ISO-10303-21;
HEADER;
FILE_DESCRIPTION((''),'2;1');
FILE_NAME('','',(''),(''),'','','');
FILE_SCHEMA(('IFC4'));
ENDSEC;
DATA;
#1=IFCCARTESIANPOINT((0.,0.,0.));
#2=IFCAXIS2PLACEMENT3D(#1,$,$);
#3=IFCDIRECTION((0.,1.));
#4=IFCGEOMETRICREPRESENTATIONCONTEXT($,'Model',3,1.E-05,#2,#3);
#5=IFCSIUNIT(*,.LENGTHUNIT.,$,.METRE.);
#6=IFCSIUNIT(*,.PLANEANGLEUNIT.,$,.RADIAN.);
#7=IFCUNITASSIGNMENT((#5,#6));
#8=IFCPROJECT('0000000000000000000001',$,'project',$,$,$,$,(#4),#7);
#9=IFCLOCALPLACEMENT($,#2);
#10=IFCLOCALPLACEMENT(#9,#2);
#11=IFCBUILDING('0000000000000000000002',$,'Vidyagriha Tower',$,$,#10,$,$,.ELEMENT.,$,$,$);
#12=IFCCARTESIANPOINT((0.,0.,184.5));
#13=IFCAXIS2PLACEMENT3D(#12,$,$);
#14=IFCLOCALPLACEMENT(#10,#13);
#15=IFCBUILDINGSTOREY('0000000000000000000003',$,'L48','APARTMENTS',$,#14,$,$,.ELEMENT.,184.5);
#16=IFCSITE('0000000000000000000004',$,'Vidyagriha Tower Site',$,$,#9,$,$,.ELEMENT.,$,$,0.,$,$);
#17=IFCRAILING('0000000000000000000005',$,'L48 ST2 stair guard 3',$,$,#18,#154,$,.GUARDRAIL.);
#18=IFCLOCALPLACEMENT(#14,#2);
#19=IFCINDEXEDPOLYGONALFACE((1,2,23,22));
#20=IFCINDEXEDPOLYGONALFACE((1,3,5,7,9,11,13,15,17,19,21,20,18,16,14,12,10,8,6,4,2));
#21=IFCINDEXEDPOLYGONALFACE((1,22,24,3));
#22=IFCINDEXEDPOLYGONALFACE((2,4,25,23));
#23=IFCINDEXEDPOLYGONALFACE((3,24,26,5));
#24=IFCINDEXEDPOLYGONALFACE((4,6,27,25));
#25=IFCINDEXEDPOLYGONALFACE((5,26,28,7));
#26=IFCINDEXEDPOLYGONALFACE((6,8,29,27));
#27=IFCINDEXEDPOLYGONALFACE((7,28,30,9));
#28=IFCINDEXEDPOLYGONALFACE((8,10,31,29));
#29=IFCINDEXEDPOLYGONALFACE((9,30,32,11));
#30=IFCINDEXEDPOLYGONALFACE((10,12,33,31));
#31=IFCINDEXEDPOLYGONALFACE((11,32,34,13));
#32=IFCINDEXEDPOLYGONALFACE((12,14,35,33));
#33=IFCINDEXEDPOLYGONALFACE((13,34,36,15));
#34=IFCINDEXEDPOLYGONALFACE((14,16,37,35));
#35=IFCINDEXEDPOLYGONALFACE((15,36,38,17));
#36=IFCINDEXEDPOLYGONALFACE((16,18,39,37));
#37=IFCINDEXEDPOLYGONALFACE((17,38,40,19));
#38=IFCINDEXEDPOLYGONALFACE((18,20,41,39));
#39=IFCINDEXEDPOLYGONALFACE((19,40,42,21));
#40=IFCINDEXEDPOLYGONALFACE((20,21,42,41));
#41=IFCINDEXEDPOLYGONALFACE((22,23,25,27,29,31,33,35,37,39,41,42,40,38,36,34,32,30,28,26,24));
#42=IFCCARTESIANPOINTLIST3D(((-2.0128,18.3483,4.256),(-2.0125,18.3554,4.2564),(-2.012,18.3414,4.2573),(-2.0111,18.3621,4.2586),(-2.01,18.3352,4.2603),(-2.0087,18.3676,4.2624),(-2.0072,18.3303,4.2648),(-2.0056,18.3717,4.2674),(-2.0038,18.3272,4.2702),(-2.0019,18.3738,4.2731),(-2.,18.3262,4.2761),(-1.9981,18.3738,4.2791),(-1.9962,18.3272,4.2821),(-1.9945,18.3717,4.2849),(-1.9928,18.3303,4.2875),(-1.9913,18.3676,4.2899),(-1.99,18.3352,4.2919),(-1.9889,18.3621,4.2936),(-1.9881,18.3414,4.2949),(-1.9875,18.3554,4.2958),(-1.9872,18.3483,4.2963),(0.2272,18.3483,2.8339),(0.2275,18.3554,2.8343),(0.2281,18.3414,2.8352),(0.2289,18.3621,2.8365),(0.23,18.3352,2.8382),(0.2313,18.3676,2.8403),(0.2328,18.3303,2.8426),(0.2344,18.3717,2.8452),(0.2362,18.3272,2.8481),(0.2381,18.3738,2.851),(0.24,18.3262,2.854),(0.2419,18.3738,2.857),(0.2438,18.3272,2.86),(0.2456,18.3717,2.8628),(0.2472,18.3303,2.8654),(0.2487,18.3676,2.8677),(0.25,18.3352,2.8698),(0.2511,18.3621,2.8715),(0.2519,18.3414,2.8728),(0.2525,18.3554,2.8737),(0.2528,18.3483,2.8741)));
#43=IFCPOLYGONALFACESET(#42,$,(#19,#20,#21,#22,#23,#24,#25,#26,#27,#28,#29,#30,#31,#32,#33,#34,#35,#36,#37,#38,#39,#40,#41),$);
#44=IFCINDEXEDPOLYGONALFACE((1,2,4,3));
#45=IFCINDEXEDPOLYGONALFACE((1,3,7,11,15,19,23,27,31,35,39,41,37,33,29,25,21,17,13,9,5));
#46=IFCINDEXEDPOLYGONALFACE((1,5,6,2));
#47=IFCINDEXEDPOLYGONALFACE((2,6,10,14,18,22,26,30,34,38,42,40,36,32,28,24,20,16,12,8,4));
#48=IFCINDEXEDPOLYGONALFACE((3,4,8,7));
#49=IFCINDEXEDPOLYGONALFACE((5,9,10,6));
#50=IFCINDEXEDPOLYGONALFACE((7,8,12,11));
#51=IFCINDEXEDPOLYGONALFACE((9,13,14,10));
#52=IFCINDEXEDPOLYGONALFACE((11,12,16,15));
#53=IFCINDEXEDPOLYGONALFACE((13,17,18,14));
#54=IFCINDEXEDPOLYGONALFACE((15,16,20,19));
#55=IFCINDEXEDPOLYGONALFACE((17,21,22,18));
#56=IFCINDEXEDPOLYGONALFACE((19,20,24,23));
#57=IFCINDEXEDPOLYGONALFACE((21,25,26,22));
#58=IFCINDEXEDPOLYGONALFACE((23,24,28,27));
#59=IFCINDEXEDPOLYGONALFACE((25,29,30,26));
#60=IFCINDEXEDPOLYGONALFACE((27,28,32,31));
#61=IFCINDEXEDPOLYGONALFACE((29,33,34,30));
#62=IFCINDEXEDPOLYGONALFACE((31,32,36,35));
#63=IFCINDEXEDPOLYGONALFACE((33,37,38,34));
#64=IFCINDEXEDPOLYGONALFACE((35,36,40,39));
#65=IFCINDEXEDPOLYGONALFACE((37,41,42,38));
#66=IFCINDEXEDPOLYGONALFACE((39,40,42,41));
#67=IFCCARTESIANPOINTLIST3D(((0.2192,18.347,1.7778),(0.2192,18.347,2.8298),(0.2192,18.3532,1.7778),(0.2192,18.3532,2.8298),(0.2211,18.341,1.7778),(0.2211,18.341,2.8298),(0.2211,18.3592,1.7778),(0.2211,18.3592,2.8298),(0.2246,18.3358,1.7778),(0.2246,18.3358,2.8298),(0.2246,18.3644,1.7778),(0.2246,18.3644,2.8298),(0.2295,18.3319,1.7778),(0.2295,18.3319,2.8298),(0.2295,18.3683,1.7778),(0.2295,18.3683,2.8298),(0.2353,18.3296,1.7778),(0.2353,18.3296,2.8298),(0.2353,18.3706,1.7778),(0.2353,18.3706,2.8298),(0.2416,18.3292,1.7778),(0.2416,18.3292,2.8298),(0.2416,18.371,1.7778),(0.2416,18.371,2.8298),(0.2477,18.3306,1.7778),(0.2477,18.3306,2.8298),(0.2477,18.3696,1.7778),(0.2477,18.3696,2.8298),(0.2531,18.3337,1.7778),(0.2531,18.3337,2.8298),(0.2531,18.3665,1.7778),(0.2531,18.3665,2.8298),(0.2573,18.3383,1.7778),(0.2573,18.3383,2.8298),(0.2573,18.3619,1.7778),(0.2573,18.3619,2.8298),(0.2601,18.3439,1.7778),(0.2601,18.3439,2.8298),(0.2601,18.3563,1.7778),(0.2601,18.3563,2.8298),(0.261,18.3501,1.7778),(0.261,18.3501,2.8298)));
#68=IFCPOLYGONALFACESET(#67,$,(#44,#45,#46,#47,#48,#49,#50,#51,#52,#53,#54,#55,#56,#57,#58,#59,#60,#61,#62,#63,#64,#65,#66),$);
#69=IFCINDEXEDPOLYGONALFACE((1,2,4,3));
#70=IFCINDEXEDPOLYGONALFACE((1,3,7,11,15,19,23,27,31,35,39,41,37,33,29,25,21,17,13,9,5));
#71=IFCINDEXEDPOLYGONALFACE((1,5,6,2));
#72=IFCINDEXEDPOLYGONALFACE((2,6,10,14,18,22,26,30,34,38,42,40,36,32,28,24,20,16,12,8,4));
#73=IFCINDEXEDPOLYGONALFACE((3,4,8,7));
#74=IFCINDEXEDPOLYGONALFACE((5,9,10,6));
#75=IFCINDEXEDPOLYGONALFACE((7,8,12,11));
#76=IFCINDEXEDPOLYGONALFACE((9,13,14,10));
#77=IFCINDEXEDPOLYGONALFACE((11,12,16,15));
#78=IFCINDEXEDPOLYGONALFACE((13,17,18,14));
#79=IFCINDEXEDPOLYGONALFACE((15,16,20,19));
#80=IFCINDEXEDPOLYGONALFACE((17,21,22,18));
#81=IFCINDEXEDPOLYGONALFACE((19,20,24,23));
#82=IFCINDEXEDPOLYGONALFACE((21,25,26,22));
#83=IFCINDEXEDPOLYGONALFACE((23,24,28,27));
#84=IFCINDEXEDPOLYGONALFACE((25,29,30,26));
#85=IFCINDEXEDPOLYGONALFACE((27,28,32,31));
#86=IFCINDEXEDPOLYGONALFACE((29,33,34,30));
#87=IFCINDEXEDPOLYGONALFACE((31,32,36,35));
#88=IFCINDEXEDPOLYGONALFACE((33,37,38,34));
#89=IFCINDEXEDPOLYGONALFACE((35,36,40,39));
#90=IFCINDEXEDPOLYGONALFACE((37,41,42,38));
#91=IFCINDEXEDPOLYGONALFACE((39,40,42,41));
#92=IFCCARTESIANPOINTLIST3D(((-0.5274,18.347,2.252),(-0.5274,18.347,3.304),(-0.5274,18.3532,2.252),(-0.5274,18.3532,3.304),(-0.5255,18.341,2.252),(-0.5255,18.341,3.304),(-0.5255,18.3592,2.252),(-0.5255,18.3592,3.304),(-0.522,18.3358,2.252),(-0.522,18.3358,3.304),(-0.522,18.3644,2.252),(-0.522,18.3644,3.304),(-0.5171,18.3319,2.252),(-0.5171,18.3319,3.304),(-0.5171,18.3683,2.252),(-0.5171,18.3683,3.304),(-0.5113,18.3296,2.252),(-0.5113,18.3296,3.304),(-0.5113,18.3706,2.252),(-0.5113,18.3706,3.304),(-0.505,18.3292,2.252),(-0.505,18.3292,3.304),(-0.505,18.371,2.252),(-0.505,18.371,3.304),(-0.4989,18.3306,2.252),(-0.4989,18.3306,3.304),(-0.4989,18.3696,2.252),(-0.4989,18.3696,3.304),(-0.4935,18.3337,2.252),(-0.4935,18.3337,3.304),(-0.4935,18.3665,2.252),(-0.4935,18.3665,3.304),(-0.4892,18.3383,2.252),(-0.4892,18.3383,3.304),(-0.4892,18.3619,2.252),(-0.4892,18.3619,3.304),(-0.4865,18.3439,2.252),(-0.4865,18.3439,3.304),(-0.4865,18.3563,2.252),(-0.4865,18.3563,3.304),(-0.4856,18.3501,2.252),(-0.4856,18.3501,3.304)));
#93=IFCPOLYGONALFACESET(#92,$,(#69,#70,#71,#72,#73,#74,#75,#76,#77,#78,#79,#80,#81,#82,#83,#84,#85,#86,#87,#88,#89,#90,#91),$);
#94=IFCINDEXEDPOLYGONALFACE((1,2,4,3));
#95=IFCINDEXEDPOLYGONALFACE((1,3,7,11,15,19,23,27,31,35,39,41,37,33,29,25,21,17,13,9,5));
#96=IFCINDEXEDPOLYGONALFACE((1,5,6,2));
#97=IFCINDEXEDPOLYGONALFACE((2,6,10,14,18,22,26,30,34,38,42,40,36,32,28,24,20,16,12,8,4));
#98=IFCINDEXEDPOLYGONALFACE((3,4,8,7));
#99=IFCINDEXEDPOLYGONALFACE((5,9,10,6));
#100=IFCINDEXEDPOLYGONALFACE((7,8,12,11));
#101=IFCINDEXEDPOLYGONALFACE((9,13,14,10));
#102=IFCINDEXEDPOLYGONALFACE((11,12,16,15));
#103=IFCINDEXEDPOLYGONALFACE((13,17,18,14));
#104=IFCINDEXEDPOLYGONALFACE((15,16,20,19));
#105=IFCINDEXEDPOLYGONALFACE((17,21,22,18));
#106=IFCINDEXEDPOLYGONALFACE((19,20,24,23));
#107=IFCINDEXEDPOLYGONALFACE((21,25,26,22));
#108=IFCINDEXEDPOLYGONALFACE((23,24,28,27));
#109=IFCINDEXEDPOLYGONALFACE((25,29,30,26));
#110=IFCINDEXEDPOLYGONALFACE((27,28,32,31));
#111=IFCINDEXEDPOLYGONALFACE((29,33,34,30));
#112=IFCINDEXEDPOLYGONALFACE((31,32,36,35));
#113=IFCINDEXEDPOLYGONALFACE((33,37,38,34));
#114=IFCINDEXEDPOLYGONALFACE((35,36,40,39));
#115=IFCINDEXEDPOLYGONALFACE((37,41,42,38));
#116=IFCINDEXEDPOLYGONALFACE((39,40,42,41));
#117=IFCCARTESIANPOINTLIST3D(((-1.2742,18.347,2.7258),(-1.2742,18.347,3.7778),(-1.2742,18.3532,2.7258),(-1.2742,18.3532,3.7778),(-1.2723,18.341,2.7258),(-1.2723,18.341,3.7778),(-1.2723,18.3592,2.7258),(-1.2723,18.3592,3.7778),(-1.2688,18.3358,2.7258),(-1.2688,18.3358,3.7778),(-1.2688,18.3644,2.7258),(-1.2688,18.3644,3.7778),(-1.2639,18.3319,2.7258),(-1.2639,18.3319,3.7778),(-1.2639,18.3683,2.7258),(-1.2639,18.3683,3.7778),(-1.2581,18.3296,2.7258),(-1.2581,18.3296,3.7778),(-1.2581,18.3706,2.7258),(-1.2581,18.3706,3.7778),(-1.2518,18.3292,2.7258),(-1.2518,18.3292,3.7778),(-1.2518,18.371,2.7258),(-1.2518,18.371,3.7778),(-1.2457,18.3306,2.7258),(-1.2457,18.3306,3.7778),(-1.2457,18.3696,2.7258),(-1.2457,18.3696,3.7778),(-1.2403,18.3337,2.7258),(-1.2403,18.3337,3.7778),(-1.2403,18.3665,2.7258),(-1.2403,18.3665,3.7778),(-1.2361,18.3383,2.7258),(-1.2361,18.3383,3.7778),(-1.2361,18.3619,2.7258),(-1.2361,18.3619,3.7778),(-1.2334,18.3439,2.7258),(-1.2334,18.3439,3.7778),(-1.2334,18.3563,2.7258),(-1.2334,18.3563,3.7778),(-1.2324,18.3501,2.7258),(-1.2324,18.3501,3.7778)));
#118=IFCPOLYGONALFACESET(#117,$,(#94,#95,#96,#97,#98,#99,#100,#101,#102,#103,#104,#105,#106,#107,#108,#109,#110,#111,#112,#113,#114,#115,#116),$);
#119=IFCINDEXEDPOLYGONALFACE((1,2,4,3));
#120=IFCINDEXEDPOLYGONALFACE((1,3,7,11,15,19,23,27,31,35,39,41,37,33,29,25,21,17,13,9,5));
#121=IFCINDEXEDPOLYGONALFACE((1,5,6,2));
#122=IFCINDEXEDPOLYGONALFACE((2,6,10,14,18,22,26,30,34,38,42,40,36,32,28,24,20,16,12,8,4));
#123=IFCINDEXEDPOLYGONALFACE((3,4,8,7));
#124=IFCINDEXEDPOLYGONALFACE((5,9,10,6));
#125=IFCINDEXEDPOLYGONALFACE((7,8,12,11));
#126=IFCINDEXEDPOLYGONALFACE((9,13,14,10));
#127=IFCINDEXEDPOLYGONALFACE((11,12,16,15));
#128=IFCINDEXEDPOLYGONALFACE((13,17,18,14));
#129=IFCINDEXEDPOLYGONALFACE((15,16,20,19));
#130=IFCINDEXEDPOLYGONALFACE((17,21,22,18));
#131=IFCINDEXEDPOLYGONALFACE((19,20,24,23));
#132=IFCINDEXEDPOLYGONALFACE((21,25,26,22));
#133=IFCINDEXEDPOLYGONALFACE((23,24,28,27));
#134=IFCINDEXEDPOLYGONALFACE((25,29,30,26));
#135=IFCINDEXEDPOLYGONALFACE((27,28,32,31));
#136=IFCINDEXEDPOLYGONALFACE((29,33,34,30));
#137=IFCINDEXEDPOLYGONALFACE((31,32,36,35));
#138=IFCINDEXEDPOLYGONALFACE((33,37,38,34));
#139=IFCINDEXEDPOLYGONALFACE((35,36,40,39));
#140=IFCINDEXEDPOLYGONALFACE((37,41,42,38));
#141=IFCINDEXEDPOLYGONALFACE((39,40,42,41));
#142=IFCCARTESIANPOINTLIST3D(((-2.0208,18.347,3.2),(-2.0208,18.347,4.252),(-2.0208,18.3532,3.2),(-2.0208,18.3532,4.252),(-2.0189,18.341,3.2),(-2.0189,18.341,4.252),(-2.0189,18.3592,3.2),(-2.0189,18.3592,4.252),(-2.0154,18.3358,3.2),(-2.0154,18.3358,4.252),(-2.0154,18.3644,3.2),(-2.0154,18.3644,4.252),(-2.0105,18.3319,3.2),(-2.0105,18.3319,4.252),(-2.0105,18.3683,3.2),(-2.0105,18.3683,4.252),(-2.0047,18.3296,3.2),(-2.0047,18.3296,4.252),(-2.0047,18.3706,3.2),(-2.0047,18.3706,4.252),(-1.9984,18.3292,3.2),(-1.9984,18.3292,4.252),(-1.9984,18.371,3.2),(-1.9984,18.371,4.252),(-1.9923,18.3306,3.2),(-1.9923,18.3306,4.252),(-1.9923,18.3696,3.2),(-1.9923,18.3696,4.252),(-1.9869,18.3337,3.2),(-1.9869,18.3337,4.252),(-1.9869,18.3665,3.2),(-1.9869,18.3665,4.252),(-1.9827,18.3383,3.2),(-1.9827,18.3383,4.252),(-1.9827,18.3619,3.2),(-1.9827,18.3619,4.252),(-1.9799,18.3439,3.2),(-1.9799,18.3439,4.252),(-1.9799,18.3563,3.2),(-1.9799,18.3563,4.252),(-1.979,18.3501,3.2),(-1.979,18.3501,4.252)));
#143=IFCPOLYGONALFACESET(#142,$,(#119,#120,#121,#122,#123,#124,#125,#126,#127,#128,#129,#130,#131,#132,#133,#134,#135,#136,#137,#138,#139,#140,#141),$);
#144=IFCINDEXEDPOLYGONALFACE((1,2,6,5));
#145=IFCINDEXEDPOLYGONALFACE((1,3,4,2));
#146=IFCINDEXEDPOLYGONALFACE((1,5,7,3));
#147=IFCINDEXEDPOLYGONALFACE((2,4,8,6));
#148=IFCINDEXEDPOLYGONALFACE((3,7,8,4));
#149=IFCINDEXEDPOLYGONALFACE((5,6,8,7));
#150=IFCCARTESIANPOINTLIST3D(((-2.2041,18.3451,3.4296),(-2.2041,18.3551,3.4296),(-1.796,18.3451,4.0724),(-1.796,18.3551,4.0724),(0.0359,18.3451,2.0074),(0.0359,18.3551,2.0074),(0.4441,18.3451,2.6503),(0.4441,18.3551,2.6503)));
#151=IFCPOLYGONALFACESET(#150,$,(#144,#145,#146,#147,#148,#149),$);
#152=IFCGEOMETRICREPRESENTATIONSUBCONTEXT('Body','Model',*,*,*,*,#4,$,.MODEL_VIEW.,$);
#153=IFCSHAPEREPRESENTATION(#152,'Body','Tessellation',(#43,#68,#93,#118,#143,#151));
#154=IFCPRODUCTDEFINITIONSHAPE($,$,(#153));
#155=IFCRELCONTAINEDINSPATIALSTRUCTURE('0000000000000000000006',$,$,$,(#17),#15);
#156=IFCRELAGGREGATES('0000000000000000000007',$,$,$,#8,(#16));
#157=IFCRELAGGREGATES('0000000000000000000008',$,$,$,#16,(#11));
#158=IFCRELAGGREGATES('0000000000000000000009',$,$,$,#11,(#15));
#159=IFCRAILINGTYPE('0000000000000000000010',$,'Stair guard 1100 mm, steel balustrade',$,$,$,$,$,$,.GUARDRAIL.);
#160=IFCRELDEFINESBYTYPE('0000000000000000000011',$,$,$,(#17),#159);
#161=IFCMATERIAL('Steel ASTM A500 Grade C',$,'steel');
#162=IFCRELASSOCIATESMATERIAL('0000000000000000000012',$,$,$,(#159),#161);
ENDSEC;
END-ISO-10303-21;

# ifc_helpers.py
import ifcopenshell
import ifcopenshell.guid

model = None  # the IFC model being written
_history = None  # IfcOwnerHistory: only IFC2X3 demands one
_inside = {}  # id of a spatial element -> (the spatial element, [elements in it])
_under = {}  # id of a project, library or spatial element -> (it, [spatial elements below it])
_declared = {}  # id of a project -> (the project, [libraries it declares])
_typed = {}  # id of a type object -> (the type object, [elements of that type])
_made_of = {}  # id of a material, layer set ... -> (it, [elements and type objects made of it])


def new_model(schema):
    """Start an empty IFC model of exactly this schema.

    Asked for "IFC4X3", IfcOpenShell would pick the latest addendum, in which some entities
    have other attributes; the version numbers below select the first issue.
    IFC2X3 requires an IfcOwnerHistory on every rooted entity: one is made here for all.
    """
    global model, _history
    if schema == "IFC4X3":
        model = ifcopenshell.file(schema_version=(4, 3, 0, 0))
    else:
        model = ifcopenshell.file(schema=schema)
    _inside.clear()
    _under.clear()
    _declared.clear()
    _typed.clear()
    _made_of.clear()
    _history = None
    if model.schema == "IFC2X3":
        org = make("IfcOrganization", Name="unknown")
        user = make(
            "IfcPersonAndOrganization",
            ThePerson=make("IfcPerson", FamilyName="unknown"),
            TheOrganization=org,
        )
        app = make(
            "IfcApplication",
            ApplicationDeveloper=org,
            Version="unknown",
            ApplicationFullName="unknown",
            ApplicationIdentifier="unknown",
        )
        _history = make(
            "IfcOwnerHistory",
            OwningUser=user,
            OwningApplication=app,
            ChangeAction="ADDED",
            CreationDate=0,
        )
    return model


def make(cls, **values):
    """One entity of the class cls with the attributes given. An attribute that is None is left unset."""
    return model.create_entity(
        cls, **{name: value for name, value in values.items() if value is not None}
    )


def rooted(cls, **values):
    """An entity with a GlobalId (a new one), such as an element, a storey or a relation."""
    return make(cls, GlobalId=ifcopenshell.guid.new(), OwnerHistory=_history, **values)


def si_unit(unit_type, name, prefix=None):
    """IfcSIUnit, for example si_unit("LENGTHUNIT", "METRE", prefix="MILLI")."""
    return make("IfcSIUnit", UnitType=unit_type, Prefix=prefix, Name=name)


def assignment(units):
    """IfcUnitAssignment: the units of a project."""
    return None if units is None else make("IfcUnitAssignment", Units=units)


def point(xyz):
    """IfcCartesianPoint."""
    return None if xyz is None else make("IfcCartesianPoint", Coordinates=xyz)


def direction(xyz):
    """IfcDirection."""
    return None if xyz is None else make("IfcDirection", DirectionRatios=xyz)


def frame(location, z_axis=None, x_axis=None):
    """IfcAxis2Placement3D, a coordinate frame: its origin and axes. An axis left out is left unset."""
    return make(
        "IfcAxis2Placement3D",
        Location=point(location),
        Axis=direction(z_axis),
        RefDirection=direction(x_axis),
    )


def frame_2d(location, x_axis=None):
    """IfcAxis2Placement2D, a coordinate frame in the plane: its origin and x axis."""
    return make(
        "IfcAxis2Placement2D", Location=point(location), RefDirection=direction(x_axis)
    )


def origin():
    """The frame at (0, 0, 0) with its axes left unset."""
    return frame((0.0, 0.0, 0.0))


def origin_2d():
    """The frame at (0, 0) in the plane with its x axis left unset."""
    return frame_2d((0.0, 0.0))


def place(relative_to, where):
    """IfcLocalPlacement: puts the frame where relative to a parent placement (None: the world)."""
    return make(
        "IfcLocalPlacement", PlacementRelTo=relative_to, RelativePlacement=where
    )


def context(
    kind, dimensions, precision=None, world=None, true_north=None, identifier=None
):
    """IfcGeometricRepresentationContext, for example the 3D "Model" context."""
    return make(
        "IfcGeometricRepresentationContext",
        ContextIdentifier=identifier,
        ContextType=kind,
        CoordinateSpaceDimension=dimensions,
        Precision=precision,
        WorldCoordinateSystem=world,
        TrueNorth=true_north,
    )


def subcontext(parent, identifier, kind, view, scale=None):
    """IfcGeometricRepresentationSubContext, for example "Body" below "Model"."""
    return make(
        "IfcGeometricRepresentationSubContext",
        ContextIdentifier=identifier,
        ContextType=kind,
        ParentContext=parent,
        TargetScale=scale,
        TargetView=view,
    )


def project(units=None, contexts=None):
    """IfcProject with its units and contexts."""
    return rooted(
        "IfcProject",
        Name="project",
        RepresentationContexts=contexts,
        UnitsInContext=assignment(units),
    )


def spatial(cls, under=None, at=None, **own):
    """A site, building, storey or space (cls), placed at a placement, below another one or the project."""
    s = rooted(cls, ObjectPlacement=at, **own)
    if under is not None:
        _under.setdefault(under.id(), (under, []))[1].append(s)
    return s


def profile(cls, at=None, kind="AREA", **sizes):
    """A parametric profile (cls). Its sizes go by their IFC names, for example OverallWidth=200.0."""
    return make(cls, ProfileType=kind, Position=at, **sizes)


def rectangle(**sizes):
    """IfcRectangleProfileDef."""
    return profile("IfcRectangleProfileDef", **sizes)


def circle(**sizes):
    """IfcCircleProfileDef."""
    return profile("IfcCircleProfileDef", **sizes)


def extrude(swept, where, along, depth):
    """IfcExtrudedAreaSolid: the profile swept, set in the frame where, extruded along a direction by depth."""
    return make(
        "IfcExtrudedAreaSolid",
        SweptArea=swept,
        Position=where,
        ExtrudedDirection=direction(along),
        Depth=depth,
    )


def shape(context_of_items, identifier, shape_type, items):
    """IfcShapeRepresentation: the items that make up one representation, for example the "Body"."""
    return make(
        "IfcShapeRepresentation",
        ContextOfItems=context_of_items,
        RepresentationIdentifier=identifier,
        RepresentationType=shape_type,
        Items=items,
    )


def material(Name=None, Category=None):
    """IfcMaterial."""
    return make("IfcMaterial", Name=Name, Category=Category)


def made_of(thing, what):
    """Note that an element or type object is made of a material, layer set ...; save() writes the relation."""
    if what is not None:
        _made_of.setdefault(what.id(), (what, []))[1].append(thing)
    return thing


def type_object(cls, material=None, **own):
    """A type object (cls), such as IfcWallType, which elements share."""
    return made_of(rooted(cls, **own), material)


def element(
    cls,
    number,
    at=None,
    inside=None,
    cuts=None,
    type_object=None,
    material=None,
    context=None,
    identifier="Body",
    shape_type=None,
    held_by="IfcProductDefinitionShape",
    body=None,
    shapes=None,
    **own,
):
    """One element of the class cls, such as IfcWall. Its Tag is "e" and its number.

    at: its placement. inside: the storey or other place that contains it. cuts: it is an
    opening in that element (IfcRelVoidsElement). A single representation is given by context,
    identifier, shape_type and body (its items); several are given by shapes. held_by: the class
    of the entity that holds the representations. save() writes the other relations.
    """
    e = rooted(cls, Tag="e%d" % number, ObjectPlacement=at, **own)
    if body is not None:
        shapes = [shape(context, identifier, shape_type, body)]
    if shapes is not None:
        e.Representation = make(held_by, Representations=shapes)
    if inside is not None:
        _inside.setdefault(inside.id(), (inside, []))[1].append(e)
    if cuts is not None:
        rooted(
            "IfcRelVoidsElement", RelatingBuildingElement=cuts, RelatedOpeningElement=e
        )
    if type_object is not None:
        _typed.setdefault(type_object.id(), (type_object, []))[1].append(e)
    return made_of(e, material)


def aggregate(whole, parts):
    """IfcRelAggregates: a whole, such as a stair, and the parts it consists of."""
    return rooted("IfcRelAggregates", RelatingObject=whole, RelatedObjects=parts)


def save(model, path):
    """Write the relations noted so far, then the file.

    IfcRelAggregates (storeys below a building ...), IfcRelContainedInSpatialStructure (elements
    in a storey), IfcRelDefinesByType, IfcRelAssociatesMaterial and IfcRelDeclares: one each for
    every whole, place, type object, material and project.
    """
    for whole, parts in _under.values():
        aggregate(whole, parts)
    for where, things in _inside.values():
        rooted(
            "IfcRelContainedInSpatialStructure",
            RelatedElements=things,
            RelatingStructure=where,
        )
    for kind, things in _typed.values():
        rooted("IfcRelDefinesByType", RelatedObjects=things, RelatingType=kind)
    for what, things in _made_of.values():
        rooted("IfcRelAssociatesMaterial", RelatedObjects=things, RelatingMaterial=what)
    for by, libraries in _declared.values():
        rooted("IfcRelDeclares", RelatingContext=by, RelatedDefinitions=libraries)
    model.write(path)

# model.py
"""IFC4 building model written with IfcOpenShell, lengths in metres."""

from ifc_helpers import new_model, si_unit, direction, frame, origin, origin_2d, place, context, subcontext, project, spatial, rectangle, circle, extrude, material, type_object, element, save


model = new_model("IFC4")

# Units and contexts
model_context = context("Model", 3, precision=1e-05, world=origin(), true_north=direction((0.0, 1.0)))
body_context = subcontext(model_context, "Body", "Model", "MODEL_VIEW")
ifc_project = project(units=[si_unit("LENGTHUNIT", "METRE"), si_unit("PLANEANGLEUNIT", "RADIAN")], contexts=[model_context])

# Site, building, storey
site_placement = place(None, origin())
site = spatial("IfcSite", under=ifc_project, at=site_placement, Name="Vidyagriha Tower Site", CompositionType="ELEMENT", RefElevation=0.0)
building_placement = place(site_placement, origin())
building = spatial("IfcBuilding", under=site, at=building_placement, Name="Vidyagriha Tower", CompositionType="ELEMENT")
storey_placement = place(building_placement, frame((0.0, 0.0, 184.5)))
storey = spatial("IfcBuildingStorey", under=building, at=storey_placement, Name="L48", Description="APARTMENTS", CompositionType="ELEMENT", Elevation=184.5)

# Railing
ifc_material_1 = material(Name="Steel ASTM A500 Grade C", Category="steel")
railing_type_1 = type_object("IfcRailingType", Name="Stair guard 1100 mm, steel balustrade", PredefinedType="GUARDRAIL", material=ifc_material_1)
railing_1_placement = place(storey_placement, frame((0.24, 18.3501, 1.7778)))
element("IfcRailing", 1, at=railing_1_placement, inside=storey, type_object=railing_type_1, Name="L48 ST2 stair guard 3", PredefinedType="GUARDRAIL", context=body_context, shape_type="SweptSolid", body=[
    extrude(circle(Radius=0.0239, at=origin_2d()), frame((0.0, 0.0, 1.0762), z_axis=(-0.844229, 0.0, 0.535982), x_axis=(0.0, -1.0, 0.0)), (0.0, 0.0, 1.0), 2.6533),
    extrude(circle(Radius=0.021, at=origin_2d()), origin(), (0.0, 0.0, 1.0), 1.052),
    extrude(circle(Radius=0.021, at=origin_2d()), frame((-0.7466, 0.0, 0.4741)), (0.0, 0.0, 1.0), 1.052),
    extrude(circle(Radius=0.021, at=origin_2d()), frame((-1.4934, 0.0, 0.948)), (0.0, 0.0, 1.0), 1.052),
    extrude(circle(Radius=0.021, at=origin_2d()), frame((-2.24, 0.0, 1.4221)), (0.0, 0.0, 1.0), 1.052),
    extrude(rectangle(XDim=0.01, YDim=0.7615, at=origin_2d()), frame((0.0, 0.0, 0.551), z_axis=(-0.844229, 0.0, 0.535982), x_axis=(0.0, -1.0, 0.0)), (0.0, 0.0, 1.0), 2.6533),
])

save(model, "model.ifc")
